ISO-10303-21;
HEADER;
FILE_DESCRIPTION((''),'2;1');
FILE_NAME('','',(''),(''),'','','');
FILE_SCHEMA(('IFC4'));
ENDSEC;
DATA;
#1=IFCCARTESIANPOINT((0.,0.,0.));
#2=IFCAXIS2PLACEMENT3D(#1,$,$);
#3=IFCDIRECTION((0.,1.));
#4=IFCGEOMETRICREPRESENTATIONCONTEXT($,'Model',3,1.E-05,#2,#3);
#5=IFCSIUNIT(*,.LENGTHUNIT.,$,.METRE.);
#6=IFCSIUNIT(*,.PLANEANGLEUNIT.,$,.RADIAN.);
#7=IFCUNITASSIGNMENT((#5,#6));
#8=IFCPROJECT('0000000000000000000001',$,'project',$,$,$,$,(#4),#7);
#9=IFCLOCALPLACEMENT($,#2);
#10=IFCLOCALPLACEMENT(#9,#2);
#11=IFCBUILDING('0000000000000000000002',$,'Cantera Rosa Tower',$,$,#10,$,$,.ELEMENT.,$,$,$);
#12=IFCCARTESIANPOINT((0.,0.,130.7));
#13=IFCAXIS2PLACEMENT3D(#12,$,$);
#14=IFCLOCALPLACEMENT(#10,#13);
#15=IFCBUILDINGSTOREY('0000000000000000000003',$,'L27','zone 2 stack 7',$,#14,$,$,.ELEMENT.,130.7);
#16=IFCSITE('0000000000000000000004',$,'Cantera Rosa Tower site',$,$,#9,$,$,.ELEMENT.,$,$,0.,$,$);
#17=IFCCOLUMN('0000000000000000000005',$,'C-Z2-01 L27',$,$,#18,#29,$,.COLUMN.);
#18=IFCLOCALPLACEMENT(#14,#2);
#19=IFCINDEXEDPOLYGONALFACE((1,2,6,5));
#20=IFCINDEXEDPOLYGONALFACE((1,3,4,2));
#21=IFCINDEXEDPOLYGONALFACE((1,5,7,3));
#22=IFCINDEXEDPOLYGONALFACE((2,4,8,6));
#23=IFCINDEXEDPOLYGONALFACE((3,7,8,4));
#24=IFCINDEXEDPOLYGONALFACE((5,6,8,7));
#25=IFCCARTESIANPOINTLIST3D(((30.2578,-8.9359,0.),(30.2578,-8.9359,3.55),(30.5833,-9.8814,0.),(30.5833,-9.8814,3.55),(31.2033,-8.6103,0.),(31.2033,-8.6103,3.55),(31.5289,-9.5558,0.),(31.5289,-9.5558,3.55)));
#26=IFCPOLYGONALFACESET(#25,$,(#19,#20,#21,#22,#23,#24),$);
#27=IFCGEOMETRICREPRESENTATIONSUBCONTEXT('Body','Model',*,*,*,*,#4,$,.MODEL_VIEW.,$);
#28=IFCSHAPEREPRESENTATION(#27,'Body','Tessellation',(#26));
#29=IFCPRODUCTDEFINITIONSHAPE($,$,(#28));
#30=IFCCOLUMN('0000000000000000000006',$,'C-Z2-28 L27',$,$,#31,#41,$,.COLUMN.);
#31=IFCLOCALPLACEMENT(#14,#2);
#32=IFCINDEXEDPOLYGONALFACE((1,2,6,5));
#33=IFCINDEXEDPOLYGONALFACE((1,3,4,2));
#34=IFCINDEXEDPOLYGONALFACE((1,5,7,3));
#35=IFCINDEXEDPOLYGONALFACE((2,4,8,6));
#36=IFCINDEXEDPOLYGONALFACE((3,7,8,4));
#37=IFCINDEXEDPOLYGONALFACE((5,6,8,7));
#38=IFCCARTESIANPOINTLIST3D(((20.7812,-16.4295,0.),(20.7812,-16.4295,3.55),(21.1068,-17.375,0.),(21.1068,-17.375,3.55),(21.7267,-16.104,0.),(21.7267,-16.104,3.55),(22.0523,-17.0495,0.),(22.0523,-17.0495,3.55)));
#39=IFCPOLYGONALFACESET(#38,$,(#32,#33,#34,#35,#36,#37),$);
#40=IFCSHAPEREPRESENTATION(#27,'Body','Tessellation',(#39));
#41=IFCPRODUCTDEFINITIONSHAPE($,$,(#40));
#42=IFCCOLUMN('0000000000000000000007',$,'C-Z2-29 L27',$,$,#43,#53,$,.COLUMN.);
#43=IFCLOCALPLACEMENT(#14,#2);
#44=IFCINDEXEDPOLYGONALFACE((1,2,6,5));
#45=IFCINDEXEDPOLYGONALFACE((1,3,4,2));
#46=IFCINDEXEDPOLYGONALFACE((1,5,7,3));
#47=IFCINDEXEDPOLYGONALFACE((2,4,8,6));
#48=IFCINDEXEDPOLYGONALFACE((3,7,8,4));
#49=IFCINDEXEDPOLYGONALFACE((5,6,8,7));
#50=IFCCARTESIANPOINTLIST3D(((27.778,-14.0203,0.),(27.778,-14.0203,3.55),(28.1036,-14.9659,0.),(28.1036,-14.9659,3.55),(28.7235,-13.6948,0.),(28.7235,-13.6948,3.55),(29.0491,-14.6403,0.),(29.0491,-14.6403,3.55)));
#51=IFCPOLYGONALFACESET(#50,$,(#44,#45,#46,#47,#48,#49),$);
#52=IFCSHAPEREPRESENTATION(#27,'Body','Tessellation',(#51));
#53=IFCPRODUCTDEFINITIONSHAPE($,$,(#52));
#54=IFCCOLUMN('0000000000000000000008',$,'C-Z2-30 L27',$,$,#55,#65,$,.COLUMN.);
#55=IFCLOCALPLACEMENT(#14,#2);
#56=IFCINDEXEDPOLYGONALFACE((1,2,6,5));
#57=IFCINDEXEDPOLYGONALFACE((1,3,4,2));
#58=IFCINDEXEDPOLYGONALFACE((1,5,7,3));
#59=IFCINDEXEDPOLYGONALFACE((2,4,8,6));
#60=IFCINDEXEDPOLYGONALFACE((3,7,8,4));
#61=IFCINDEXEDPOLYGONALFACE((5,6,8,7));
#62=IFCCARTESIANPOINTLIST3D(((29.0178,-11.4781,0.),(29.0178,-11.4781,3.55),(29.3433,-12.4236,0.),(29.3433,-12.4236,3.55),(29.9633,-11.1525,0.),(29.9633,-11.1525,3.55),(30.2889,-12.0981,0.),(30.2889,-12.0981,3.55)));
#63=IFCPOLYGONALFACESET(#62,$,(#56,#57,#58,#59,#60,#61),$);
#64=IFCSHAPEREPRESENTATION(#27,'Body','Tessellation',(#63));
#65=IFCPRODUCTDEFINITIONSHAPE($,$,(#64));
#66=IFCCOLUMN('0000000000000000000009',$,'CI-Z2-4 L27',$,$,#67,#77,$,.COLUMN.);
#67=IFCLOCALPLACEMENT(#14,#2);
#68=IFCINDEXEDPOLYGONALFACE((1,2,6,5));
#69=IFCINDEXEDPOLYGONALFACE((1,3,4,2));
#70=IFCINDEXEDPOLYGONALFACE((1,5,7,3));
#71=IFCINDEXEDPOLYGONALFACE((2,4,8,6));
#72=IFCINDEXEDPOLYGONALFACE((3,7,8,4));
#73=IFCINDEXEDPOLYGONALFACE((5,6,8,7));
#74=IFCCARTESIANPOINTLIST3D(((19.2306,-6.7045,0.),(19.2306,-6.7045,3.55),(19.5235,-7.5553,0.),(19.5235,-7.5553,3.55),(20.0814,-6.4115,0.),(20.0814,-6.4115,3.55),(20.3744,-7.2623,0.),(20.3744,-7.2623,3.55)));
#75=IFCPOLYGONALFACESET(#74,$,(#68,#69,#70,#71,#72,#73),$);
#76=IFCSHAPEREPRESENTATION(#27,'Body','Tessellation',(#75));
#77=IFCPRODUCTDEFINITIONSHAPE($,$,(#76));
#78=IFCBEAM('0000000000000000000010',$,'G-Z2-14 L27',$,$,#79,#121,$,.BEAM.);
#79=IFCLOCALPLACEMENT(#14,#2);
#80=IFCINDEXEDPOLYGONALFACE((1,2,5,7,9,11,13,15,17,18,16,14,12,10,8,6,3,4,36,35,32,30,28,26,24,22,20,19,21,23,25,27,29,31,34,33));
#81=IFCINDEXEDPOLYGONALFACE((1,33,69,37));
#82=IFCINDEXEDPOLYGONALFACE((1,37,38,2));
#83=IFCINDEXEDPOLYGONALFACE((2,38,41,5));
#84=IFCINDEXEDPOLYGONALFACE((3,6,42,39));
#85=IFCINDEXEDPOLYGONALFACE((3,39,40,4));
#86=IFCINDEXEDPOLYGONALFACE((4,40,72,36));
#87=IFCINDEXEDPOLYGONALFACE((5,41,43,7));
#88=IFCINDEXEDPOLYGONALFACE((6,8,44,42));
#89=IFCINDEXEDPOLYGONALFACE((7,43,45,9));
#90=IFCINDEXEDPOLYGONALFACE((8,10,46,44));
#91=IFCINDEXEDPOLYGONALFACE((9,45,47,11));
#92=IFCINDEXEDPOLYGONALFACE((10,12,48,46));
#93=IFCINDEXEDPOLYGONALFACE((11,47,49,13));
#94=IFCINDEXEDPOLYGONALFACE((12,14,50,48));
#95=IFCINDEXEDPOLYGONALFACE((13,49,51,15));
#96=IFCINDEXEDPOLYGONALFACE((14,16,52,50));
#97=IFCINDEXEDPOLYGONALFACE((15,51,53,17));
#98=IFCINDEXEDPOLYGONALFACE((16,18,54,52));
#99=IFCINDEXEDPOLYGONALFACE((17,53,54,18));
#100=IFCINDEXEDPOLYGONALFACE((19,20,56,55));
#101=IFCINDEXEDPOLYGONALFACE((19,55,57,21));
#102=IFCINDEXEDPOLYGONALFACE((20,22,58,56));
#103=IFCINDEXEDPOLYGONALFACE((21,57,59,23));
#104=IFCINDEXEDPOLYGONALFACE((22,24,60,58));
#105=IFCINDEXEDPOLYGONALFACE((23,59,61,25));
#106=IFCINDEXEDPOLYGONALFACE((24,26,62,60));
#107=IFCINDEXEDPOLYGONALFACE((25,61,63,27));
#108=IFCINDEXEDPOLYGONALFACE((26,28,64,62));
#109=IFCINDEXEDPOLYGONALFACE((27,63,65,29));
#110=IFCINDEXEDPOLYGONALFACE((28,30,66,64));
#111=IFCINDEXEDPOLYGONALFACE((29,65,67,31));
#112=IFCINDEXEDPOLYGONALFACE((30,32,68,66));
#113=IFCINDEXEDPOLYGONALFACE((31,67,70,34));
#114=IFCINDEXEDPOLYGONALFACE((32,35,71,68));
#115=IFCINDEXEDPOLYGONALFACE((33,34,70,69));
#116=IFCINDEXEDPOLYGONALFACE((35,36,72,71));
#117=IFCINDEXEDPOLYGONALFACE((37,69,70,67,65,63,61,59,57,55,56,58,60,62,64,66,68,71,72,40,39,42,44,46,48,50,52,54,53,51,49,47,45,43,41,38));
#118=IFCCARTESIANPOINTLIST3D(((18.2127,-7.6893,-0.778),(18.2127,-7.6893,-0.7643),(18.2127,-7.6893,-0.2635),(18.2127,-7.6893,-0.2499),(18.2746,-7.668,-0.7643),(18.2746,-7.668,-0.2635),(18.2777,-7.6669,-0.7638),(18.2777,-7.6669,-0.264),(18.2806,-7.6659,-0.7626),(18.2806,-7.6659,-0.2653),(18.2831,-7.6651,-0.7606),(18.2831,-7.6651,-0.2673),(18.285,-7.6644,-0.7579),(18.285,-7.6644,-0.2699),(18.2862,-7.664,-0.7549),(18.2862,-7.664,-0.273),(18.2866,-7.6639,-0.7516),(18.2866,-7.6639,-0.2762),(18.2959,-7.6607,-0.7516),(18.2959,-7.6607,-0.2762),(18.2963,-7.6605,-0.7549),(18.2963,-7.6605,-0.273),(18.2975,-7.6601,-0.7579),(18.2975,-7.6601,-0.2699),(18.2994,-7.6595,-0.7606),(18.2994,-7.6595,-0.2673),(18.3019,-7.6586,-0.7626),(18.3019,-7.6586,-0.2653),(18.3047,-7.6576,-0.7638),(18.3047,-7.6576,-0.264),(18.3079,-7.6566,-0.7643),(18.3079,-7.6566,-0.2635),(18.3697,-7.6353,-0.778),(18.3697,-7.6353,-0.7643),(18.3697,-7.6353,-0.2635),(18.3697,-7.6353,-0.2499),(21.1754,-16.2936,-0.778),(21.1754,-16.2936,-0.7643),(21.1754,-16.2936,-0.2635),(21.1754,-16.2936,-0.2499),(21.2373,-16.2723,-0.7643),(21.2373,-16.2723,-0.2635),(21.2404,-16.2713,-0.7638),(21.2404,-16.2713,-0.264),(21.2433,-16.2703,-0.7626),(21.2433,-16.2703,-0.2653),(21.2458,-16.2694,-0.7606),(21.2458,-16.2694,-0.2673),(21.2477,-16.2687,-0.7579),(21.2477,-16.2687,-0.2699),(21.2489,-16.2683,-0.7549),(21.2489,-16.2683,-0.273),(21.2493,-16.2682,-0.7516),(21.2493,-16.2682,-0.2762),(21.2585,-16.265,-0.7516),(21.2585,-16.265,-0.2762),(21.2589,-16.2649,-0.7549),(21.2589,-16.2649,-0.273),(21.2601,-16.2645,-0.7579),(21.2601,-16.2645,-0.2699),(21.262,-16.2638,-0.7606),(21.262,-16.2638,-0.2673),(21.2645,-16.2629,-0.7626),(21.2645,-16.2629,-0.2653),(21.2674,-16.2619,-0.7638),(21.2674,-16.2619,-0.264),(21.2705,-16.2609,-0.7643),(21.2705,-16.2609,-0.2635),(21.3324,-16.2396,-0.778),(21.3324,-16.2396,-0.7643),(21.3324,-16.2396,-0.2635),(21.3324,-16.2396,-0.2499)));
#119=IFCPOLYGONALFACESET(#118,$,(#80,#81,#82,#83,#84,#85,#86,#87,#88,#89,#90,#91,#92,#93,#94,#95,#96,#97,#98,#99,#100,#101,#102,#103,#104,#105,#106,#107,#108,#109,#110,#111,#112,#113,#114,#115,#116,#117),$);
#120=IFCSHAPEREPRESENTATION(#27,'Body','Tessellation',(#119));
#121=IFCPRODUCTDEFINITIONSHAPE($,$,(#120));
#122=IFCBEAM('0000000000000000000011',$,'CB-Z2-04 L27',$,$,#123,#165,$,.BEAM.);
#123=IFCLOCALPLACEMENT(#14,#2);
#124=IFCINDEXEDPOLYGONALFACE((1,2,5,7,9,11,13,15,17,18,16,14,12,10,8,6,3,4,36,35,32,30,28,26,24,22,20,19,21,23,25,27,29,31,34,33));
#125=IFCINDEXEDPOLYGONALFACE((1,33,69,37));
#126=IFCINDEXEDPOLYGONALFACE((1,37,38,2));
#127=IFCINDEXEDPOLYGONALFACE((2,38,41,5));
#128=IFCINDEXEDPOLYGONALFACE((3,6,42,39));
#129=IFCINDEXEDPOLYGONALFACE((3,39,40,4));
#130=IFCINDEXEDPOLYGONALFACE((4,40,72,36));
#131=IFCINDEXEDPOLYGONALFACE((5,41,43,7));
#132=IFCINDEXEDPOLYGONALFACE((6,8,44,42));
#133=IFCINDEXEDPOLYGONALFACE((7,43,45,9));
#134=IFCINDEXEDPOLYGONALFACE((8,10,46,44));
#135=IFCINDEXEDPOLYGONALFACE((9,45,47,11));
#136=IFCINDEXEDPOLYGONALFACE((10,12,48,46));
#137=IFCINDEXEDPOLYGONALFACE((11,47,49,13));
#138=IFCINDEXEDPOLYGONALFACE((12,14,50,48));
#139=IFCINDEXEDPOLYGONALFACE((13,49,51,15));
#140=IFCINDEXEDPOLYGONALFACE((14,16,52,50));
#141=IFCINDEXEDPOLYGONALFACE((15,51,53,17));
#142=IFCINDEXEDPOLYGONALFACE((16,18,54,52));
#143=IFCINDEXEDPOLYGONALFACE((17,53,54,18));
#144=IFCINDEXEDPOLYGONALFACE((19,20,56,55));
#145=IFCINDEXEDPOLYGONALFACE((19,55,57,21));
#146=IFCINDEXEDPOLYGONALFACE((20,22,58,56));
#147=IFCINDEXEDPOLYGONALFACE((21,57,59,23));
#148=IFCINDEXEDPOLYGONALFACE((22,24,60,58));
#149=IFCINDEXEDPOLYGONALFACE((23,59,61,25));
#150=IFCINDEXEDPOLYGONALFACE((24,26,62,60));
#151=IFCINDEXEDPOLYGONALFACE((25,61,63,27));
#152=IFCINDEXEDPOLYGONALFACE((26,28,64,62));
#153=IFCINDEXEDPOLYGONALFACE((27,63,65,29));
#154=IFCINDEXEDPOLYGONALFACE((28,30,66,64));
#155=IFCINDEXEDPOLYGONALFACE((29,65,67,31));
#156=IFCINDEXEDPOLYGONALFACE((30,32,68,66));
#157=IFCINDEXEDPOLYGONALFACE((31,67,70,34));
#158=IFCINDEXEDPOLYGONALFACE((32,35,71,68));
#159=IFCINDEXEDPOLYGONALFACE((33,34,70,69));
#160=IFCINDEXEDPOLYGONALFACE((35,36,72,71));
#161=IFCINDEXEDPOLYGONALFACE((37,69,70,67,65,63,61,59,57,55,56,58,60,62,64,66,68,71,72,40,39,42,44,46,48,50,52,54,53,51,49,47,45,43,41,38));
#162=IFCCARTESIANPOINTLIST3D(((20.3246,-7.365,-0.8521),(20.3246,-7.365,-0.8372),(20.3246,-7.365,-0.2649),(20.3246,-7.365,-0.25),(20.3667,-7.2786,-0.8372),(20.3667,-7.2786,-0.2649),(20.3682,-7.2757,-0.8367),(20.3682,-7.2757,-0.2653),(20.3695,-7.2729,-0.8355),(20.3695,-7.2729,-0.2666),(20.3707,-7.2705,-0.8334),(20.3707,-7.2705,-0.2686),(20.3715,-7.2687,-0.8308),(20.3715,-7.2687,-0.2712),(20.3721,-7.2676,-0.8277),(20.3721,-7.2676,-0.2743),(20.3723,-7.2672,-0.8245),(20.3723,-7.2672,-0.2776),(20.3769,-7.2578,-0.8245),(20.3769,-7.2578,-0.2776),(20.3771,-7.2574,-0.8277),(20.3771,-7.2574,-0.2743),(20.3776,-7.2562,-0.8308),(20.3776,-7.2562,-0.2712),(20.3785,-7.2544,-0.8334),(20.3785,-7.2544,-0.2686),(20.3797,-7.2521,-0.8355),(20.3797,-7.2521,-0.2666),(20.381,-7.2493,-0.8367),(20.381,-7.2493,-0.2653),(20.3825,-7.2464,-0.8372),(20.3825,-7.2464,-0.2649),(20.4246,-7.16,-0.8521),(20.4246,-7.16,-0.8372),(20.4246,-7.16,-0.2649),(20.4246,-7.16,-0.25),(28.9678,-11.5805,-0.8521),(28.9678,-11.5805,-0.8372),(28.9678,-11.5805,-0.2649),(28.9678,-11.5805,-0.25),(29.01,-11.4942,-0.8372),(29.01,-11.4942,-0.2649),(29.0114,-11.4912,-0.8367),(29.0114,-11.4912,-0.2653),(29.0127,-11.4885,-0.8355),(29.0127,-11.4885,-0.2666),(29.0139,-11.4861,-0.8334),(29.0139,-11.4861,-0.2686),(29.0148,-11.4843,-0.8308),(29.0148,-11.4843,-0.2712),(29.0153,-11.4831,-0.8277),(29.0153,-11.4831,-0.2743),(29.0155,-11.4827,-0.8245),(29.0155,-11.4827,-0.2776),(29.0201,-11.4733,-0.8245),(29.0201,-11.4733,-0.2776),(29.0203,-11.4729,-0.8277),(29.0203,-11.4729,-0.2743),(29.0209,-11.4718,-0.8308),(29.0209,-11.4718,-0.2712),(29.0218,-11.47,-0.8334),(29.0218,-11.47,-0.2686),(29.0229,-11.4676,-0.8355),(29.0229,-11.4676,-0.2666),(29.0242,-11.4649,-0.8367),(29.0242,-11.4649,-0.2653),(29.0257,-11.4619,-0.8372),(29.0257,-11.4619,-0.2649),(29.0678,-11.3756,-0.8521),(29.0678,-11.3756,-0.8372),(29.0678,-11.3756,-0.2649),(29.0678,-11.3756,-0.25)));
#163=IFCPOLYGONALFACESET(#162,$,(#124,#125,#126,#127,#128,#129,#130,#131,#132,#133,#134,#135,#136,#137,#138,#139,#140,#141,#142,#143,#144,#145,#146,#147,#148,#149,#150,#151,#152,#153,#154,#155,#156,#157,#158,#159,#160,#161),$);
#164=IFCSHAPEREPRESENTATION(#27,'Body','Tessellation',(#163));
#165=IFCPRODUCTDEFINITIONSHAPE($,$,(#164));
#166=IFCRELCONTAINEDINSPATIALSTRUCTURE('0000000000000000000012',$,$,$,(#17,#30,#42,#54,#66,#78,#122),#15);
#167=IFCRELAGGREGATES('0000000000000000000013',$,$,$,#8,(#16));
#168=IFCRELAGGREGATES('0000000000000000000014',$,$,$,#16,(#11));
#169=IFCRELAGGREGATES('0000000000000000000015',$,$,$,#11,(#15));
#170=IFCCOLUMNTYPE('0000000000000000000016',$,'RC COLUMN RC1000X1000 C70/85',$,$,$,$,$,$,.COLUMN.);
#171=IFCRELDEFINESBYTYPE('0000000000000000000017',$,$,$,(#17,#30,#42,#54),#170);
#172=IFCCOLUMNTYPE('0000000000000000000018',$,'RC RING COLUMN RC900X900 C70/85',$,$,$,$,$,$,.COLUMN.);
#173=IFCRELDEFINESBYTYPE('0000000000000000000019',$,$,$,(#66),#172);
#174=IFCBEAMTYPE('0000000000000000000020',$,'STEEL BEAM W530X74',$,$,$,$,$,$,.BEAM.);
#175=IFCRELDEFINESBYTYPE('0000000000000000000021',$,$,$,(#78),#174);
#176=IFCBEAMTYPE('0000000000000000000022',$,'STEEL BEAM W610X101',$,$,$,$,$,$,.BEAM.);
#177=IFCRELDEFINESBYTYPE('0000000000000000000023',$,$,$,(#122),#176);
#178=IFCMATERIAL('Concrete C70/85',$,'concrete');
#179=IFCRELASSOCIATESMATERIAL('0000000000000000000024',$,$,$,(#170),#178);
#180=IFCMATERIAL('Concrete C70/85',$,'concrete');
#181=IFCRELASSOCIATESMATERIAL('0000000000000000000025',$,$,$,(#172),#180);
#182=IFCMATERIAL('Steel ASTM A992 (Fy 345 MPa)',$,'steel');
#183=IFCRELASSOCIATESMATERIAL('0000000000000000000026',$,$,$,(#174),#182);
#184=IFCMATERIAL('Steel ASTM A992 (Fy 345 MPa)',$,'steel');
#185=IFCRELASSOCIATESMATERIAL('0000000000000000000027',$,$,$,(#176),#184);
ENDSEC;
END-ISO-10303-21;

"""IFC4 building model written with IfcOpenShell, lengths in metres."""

from ifc_helpers import new_model, si_unit, direction, frame, origin, origin_2d, place, context, subcontext, project, spatial, rectangle, i_section, extrude, material, material_profile, profile_set, type_object, element, save


model = new_model("IFC4")

# Units and contexts
model_context = context("Model", 3, precision=1e-05, world=origin(), true_north=direction((0.0, 1.0)))
body_context = subcontext(model_context, "Body", "Model", "MODEL_VIEW")
ifc_project = project(units=[si_unit("LENGTHUNIT", "METRE"), si_unit("PLANEANGLEUNIT", "RADIAN")], contexts=[model_context])

# Site, building, storey
site_placement = place(None, origin())
site = spatial("IfcSite", under=ifc_project, at=site_placement, Name="Cantera Rosa Tower site", CompositionType="ELEMENT", RefElevation=0.0)
building_placement = place(site_placement, origin())
building = spatial("IfcBuilding", under=site, at=building_placement, Name="Cantera Rosa Tower", CompositionType="ELEMENT")
storey_placement = place(building_placement, frame((0.0, 0.0, 130.7)))
storey = spatial("IfcBuildingStorey", under=building, at=storey_placement, Name="L27", Description="zone 2 stack 7", CompositionType="ELEMENT", Elevation=130.7)

# Columns
ifc_material_1 = material(Name="Concrete C70/85", Category="concrete")
ifc_material_profile_1 = material_profile(ifc_material_1, rectangle(XDim=1.0, YDim=1.0, at=origin_2d()), Name="RC COLUMN RC1000X1000 C70/85")
ifc_profile_set_1 = profile_set([ifc_material_profile_1], Name="Concrete C70/85")
column_type_1 = type_object("IfcColumnType", Name="RC COLUMN RC1000X1000 C70/85", PredefinedType="COLUMN", material=ifc_profile_set_1)
for number, where, z_axis, x_axis, name in (
    (1, (30.8933, -9.2458, 0.0), (0.0, 0.0, 1.0), (0.945519, 0.325568, 0.0), "C-Z2-01 L27"),
    (2, (21.4167, -16.7395, 0.0), (0.0, 0.0, 1.0), (0.945519, 0.325568, 0.0), "C-Z2-28 L27"),
    (3, (28.4136, -14.3303, 0.0), (0.0, 0.0, 1.0), (0.945519, 0.325568, 0.0), "C-Z2-29 L27"),
    (4, (29.6533, -11.7881, 0.0), (0.0, 0.0, 1.0), (0.945519, 0.325568, 0.0), "C-Z2-30 L27"),
):
    element("IfcColumn", number, at=place(storey_placement, frame(where, z_axis=z_axis, x_axis=x_axis)), inside=storey, type_object=column_type_1, Name=name, PredefinedType="COLUMN", context=body_context, shape_type="SweptSolid", body=[
        extrude(rectangle(XDim=1.0, YDim=1.0, at=origin_2d()), origin(), (0.0, 0.0, 1.0), 3.55),
    ])
ifc_material_2 = material(Name="Concrete C70/85", Category="concrete")
ifc_material_profile_2 = material_profile(ifc_material_2, rectangle(XDim=0.8999, YDim=0.8999, at=origin_2d()), Name="RC RING COLUMN RC900X900 C70/85")
ifc_profile_set_2 = profile_set([ifc_material_profile_2], Name="Concrete C70/85")
column_type_2 = type_object("IfcColumnType", Name="RC RING COLUMN RC900X900 C70/85", PredefinedType="COLUMN", material=ifc_profile_set_2)
column_placement = place(storey_placement, frame((19.8025, -6.9834, 0.0), z_axis=(0.0, 0.0, 1.0), x_axis=(0.945519, 0.325568, 0.0)))
element("IfcColumn", 5, at=column_placement, inside=storey, type_object=column_type_2, Name="CI-Z2-4 L27", PredefinedType="COLUMN", context=body_context, shape_type="SweptSolid", body=[
    extrude(rectangle(XDim=0.8999, YDim=0.8999, at=origin_2d()), origin(), (0.0, 0.0, 1.0), 3.55),
])

# Beams
ifc_material_3 = material(Name="Steel ASTM A992 (Fy 345 MPa)", Category="steel")
ifc_material_profile_3 = material_profile(ifc_material_3, i_section(OverallWidth=0.166, OverallDepth=0.5281, WebThickness=0.0098, FlangeThickness=0.0137, FilletRadius=0.0127, at=origin_2d()), Name="W530X74")
ifc_profile_set_3 = profile_set([ifc_material_profile_3], Name="Steel ASTM A992 (Fy 345 MPa)")
beam_type_1 = type_object("IfcBeamType", Name="STEEL BEAM W530X74", PredefinedType="BEAM", material=ifc_profile_set_3)
beam_1_placement = place(storey_placement, frame((21.2539, -16.2666, -0.5139), z_axis=(-0.325565, 0.94552, 0.0), x_axis=(-0.94552, -0.325565, 0.0)))
element("IfcBeam", 6, at=beam_1_placement, inside=storey, type_object=beam_type_1, Name="G-Z2-14 L27", PredefinedType="BEAM", context=body_context, shape_type="SweptSolid", body=[
    extrude(i_section(OverallWidth=0.166, OverallDepth=0.5281, WebThickness=0.0098, FlangeThickness=0.0137, FilletRadius=0.0127, at=origin_2d()), origin(), (0.0, 0.0, 1.0), 9.1001),
])
ifc_material_4 = material(Name="Steel ASTM A992 (Fy 345 MPa)", Category="steel")
ifc_material_profile_4 = material_profile(ifc_material_4, i_section(OverallWidth=0.228, OverallDepth=0.6021, WebThickness=0.0105, FlangeThickness=0.0149, FilletRadius=0.0127, at=origin_2d()), Name="W610X101")
ifc_profile_set_4 = profile_set([ifc_material_profile_4], Name="Steel ASTM A992 (Fy 345 MPa)")
beam_type_2 = type_object("IfcBeamType", Name="STEEL BEAM W610X101", PredefinedType="BEAM", material=ifc_profile_set_4)
beam_2_placement = place(storey_placement, frame((29.0178, -11.478, -0.551), z_axis=(-0.898796, 0.438367, 0.0), x_axis=(-0.438367, -0.898796, 0.0)))
element("IfcBeam", 7, at=beam_2_placement, inside=storey, type_object=beam_type_2, Name="CB-Z2-04 L27", PredefinedType="BEAM", context=body_context, shape_type="SweptSolid", body=[
    extrude(i_section(OverallWidth=0.228, OverallDepth=0.6021, WebThickness=0.0105, FlangeThickness=0.0149, FilletRadius=0.0127, at=origin_2d()), origin(), (0.0, 0.0, 1.0), 9.6165),
])

save(model, "model.ifc")
